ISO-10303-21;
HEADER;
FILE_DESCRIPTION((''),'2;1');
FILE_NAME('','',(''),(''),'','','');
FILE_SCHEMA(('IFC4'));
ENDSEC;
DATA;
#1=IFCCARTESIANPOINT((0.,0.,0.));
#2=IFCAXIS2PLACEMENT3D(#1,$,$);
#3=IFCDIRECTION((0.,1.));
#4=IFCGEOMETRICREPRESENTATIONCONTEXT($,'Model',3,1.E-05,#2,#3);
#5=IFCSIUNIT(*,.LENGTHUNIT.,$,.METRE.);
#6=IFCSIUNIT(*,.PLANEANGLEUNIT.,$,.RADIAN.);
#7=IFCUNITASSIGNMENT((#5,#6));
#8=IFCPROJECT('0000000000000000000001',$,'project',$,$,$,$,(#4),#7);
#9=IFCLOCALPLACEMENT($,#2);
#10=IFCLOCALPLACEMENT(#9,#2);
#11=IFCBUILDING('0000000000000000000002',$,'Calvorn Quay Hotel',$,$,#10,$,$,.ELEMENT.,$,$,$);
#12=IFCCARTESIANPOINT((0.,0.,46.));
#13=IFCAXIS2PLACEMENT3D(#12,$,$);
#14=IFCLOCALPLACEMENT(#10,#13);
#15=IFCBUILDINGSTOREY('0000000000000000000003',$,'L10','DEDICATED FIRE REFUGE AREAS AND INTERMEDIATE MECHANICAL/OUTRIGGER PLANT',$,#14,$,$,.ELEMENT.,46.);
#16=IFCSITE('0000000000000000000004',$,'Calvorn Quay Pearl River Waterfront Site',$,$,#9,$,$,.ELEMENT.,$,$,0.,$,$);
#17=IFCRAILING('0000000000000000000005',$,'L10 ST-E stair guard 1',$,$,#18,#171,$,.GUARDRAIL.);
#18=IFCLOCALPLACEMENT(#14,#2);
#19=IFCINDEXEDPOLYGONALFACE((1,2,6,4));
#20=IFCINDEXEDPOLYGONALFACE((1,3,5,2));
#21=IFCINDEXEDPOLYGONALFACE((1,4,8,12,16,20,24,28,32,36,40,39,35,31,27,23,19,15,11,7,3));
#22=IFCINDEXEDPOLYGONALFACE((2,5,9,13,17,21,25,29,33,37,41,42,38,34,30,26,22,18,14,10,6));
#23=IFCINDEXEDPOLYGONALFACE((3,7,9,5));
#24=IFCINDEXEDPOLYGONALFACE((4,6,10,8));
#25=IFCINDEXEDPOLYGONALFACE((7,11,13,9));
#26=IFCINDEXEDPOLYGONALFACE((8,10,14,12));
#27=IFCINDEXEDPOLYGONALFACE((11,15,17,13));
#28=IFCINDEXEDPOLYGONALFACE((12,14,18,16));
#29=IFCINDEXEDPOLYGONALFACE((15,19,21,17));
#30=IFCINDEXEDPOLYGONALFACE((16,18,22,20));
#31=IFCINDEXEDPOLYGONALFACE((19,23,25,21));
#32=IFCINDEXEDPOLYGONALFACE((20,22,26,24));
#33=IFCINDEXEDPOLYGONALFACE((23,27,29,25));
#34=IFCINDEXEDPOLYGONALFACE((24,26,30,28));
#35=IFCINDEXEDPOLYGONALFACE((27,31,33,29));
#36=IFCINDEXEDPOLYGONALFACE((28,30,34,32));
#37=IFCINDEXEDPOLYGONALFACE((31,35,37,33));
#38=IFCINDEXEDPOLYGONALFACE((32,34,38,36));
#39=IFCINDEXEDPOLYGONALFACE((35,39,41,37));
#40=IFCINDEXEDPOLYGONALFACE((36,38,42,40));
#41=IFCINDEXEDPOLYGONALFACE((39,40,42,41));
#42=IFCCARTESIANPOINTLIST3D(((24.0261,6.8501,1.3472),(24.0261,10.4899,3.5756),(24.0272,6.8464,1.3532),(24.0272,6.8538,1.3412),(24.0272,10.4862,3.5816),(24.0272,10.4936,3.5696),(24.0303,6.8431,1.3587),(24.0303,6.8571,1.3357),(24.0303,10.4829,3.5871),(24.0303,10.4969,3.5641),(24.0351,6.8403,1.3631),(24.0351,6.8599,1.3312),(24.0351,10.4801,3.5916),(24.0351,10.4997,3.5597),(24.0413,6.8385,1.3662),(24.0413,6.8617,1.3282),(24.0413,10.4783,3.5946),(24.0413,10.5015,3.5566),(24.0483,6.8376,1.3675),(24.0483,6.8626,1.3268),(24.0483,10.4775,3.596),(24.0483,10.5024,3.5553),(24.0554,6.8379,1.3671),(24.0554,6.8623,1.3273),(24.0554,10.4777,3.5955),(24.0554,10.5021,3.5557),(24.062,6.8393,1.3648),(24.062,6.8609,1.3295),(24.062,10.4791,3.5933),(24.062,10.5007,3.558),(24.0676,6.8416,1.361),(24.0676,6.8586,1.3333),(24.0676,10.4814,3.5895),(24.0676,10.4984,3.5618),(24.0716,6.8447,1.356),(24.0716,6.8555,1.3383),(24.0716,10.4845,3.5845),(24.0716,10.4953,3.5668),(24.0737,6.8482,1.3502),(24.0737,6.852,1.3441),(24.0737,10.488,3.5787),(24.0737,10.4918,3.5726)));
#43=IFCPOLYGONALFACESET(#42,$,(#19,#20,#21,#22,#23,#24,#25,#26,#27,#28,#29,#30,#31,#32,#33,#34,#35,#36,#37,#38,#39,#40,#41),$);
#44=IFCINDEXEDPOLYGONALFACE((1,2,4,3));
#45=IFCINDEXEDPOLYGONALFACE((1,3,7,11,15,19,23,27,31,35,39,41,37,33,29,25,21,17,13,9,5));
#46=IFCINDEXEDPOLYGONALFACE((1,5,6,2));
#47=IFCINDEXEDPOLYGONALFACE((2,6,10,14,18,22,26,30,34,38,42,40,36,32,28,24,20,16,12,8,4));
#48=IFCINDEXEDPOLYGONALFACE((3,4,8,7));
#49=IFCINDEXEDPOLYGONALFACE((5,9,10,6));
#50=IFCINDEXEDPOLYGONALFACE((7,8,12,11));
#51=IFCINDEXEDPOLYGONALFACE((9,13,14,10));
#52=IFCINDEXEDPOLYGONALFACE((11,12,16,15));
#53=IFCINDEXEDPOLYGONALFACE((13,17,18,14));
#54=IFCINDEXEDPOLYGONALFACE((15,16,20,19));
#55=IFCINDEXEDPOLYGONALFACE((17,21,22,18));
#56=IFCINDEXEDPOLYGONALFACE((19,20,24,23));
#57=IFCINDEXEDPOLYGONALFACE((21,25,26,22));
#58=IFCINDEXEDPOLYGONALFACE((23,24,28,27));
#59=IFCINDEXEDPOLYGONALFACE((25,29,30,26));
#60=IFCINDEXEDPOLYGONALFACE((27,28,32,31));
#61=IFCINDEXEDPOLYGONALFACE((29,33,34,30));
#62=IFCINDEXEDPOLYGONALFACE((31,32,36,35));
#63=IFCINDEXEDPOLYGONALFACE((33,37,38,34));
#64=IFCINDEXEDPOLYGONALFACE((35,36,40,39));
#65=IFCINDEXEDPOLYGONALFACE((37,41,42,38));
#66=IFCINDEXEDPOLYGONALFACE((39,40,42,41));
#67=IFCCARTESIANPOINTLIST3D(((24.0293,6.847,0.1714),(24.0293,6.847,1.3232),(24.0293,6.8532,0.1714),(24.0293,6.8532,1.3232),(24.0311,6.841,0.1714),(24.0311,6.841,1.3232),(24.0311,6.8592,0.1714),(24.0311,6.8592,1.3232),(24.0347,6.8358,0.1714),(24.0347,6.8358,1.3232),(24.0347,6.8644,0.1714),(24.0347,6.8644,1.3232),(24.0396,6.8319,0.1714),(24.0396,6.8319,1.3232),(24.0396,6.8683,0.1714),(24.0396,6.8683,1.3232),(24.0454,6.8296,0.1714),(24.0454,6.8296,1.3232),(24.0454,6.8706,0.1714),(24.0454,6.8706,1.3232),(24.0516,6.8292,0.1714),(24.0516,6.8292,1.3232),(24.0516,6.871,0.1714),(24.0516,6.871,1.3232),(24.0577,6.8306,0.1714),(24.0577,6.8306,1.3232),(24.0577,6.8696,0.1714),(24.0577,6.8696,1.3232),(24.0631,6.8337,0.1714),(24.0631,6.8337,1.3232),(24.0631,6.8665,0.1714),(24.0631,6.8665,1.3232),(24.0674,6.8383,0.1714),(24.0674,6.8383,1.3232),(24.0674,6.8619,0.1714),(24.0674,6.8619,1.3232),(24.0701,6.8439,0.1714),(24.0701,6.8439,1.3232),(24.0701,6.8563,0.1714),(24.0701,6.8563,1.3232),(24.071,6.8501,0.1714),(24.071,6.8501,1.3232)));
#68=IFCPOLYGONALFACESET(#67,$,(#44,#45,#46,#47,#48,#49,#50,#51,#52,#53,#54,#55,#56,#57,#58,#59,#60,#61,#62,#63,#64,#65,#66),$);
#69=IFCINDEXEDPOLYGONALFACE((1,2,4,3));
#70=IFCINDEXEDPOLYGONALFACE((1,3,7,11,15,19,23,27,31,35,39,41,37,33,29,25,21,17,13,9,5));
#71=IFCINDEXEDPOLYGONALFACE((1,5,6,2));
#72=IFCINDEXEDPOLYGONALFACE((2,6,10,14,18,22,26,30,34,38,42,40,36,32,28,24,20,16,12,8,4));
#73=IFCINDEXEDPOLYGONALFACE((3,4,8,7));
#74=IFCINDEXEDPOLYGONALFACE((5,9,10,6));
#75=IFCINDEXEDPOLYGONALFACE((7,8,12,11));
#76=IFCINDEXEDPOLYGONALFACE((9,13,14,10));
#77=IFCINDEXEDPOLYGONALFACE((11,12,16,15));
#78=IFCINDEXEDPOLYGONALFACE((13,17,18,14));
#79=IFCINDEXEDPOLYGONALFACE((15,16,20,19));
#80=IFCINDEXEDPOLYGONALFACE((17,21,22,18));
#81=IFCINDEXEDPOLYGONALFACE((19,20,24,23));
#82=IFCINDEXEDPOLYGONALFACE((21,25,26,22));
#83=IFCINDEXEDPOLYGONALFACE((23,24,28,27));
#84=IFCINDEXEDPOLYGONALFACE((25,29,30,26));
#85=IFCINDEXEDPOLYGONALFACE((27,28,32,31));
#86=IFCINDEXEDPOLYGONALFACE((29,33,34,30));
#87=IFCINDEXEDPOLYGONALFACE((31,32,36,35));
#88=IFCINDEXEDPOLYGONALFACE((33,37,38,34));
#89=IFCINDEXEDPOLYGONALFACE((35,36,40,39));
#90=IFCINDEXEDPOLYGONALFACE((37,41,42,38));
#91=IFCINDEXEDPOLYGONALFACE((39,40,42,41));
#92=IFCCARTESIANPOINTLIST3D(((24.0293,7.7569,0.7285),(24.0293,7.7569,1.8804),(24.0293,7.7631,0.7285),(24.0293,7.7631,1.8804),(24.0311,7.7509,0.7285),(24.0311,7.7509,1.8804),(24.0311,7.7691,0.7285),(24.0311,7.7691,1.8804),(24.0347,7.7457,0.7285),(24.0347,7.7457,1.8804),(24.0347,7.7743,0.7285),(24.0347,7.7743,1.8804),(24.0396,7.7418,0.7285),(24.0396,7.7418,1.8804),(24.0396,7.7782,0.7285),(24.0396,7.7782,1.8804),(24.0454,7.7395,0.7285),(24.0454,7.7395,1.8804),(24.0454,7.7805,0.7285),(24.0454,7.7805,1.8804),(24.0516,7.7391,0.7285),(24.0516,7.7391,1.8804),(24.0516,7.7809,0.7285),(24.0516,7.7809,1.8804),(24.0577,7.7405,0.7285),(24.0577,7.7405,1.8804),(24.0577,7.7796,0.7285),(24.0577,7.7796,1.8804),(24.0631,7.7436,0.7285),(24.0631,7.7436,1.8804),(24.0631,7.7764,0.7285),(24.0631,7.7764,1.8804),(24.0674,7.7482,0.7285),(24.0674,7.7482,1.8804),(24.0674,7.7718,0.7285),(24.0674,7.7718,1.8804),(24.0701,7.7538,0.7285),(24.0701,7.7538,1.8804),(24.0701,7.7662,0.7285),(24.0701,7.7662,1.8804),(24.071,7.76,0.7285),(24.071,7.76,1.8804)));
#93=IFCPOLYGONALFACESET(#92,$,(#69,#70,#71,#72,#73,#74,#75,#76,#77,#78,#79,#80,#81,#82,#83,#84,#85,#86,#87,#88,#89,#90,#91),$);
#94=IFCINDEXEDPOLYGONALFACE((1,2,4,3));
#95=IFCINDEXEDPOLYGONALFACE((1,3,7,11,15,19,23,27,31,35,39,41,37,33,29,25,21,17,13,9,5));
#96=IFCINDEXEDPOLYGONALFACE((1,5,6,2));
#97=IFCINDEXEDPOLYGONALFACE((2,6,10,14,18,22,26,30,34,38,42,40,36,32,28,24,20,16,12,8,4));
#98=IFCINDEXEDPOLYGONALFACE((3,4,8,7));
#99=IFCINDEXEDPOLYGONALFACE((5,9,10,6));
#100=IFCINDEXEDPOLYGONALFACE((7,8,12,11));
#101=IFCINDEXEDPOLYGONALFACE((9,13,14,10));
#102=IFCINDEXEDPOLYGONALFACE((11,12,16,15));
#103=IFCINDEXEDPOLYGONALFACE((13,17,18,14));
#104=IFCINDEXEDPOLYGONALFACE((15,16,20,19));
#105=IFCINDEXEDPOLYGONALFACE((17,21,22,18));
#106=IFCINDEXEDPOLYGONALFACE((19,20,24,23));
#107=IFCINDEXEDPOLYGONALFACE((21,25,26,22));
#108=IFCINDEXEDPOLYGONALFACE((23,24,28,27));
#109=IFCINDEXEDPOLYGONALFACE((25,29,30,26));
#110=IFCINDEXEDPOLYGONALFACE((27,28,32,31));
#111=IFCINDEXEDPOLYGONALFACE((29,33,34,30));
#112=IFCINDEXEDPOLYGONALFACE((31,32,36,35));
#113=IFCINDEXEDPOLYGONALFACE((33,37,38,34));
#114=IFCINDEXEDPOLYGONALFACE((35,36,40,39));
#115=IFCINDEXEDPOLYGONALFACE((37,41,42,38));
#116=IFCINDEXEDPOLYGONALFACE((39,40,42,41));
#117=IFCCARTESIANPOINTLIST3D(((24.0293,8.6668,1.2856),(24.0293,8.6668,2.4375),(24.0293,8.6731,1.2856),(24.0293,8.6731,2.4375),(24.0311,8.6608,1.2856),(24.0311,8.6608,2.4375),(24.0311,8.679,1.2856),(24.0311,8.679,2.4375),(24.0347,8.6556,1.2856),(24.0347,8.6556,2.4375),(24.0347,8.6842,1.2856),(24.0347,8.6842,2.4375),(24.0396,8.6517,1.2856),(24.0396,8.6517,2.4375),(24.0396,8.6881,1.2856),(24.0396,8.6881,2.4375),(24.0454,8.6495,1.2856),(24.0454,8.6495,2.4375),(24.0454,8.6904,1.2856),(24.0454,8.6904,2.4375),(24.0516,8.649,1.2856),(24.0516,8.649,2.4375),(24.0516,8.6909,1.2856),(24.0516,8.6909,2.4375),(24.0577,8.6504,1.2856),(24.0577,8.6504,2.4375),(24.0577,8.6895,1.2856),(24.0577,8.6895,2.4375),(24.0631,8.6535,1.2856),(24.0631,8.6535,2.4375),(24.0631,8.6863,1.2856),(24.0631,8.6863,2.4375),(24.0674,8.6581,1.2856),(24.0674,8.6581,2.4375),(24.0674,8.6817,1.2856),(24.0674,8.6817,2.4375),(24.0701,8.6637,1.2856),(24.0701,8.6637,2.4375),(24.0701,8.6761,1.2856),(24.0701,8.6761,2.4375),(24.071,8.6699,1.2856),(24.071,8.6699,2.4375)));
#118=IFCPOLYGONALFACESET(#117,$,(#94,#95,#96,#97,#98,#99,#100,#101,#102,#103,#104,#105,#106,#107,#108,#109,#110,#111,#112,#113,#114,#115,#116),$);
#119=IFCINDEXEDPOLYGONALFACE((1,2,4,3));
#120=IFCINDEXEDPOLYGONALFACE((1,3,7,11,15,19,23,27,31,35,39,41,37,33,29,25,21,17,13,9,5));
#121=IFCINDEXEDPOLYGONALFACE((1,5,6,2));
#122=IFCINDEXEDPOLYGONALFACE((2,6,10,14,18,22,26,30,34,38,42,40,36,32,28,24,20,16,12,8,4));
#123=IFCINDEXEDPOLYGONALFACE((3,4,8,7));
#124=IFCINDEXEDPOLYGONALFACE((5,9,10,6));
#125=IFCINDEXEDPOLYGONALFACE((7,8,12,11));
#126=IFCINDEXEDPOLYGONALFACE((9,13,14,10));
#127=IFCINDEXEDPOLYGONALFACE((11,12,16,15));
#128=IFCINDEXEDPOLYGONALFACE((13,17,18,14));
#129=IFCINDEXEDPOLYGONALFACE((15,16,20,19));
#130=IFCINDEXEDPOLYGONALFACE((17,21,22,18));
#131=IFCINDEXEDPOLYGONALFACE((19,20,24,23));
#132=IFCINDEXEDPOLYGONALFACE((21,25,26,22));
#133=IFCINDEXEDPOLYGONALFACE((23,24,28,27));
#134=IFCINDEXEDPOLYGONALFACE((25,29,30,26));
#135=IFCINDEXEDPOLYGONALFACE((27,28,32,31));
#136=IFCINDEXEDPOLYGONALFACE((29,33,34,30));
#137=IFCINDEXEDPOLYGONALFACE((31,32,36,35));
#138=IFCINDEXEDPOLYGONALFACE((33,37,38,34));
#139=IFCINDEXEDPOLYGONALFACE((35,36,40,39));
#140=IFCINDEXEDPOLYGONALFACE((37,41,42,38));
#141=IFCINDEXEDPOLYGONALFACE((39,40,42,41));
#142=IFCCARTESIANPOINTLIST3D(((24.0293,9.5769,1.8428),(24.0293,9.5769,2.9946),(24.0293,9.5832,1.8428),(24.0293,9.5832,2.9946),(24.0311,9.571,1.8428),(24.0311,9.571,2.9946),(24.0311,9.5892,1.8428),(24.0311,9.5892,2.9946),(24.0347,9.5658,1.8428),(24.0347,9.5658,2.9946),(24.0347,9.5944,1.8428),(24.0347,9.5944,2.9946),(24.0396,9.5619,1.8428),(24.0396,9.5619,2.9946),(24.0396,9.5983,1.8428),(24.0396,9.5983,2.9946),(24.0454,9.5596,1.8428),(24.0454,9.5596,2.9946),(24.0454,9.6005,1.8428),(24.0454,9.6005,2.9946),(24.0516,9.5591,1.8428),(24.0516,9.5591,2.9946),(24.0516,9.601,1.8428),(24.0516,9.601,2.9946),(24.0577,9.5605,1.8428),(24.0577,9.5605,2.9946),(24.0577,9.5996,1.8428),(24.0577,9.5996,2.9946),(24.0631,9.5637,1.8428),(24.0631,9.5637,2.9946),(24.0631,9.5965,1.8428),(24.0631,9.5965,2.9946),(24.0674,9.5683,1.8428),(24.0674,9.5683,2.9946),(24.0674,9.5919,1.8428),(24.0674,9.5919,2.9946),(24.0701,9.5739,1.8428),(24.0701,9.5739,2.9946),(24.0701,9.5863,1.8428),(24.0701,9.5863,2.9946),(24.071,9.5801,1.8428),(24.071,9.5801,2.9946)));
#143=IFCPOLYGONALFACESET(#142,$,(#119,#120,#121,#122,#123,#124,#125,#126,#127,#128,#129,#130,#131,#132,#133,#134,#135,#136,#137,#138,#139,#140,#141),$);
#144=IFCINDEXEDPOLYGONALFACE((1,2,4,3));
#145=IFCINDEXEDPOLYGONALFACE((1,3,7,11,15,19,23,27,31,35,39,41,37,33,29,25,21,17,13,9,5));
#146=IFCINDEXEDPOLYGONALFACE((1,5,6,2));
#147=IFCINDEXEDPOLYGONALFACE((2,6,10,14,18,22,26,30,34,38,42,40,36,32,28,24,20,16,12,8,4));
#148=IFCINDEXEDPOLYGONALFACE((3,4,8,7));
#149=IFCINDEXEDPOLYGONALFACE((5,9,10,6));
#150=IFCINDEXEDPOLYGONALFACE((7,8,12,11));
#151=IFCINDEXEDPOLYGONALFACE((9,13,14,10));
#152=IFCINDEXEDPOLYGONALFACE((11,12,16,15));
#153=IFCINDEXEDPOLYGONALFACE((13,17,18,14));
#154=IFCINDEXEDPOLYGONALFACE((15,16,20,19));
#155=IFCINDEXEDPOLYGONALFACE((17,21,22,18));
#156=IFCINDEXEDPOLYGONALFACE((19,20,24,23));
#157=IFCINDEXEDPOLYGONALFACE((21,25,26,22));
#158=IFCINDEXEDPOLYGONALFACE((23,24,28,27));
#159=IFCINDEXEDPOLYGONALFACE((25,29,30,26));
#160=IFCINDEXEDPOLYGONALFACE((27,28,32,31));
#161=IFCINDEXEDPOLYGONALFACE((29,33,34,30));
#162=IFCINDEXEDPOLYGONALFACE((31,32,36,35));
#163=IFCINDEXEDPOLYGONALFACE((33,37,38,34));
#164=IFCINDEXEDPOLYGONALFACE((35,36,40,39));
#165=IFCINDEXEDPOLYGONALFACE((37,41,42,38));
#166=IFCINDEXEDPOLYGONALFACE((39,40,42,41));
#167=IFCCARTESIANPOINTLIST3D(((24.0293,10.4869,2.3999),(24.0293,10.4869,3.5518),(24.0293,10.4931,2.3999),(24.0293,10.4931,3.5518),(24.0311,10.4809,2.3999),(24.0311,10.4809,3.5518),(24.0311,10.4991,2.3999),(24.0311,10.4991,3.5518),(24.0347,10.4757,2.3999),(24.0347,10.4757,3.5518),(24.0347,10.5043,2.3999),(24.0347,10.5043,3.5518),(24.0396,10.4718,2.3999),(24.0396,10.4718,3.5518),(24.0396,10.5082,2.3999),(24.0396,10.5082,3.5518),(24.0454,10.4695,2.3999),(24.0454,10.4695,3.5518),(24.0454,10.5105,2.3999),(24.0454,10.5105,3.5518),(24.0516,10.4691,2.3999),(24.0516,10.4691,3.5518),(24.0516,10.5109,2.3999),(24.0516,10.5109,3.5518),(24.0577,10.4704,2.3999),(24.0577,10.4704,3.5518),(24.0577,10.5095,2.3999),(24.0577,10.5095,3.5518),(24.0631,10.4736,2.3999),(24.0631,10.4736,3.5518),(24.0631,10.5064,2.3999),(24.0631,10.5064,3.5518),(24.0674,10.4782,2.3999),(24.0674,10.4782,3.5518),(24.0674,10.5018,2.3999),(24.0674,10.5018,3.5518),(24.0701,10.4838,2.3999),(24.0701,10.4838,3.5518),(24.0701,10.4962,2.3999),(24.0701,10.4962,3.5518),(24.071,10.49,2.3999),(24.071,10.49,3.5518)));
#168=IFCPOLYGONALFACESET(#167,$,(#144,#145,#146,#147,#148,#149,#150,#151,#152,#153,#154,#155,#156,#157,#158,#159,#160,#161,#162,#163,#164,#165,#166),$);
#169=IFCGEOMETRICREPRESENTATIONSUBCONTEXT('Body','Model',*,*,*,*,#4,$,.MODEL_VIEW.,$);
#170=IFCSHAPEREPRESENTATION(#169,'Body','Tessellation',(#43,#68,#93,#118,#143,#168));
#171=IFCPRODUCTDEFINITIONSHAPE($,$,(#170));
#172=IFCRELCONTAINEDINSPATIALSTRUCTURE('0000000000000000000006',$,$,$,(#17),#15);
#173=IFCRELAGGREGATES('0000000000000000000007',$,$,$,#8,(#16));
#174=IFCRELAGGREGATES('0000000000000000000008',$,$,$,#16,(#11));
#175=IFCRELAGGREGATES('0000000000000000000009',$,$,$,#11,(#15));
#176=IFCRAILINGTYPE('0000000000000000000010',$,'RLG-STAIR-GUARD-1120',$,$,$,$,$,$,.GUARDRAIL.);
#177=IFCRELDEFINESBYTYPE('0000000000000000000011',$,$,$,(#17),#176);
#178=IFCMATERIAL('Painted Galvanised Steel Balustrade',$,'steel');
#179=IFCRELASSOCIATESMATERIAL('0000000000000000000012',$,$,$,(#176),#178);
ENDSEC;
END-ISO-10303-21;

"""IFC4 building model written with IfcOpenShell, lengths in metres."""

from ifc_helpers import new_model, si_unit, direction, frame, origin, origin_2d, place, context, subcontext, project, spatial, circle, extrude, material, type_object, element, save


model = new_model("IFC4")

# Units and contexts
model_context = context("Model", 3, precision=1e-05, world=origin(), true_north=direction((0.0, 1.0)))
body_context = subcontext(model_context, "Body", "Model", "MODEL_VIEW")
ifc_project = project(units=[si_unit("LENGTHUNIT", "METRE"), si_unit("PLANEANGLEUNIT", "RADIAN")], contexts=[model_context])

# Site, building, storey
site_placement = place(None, origin())
site = spatial("IfcSite", under=ifc_project, at=site_placement, Name="Calvorn Quay Pearl River Waterfront Site", CompositionType="ELEMENT", RefElevation=0.0)
building_placement = place(site_placement, origin())
building = spatial("IfcBuilding", under=site, at=building_placement, Name="Calvorn Quay Hotel", CompositionType="ELEMENT")
storey_placement = place(building_placement, frame((0.0, 0.0, 46.0)))
storey = spatial("IfcBuildingStorey", under=building, at=storey_placement, Name="L10", Description="DEDICATED FIRE REFUGE AREAS AND INTERMEDIATE MECHANICAL/OUTRIGGER PLANT", CompositionType="ELEMENT", Elevation=46.0)

# Railing
ifc_material_1 = material(Name="Painted Galvanised Steel Balustrade", Category="steel")
railing_type_1 = type_object("IfcRailingType", Name="RLG-STAIR-GUARD-1120", PredefinedType="GUARDRAIL", material=ifc_material_1)
railing_1_placement = place(storey_placement, frame((24.05, 6.8501, 0.1714)))
element("IfcRailing", 1, at=railing_1_placement, inside=storey, type_object=railing_type_1, Name="L10 ST-E stair guard 1", PredefinedType="GUARDRAIL", context=body_context, shape_type="SweptSolid", body=[
    extrude(circle(Radius=0.0239, at=origin_2d()), frame((0.0, 0.0, 1.1758), z_axis=(0.0, 0.85285, 0.522156), x_axis=(-1.0, 0.0, 0.0)), (0.0, 0.0, 1.0), 4.2678),
    extrude(circle(Radius=0.021, at=origin_2d()), origin(), (0.0, 0.0, 1.0), 1.1519),
    extrude(circle(Radius=0.021, at=origin_2d()), frame((0.0, 0.9099, 0.5571)), (0.0, 0.0, 1.0), 1.1519),
    extrude(circle(Radius=0.021, at=origin_2d()), frame((0.0, 1.8198, 1.1143)), (0.0, 0.0, 1.0), 1.1519),
    extrude(circle(Radius=0.021, at=origin_2d()), frame((0.0, 2.73, 1.6714)), (0.0, 0.0, 1.0), 1.1519),
    extrude(circle(Radius=0.021, at=origin_2d()), frame((0.0, 3.6399, 2.2285)), (0.0, 0.0, 1.0), 1.1519),
])

save(model, "model.ifc")
